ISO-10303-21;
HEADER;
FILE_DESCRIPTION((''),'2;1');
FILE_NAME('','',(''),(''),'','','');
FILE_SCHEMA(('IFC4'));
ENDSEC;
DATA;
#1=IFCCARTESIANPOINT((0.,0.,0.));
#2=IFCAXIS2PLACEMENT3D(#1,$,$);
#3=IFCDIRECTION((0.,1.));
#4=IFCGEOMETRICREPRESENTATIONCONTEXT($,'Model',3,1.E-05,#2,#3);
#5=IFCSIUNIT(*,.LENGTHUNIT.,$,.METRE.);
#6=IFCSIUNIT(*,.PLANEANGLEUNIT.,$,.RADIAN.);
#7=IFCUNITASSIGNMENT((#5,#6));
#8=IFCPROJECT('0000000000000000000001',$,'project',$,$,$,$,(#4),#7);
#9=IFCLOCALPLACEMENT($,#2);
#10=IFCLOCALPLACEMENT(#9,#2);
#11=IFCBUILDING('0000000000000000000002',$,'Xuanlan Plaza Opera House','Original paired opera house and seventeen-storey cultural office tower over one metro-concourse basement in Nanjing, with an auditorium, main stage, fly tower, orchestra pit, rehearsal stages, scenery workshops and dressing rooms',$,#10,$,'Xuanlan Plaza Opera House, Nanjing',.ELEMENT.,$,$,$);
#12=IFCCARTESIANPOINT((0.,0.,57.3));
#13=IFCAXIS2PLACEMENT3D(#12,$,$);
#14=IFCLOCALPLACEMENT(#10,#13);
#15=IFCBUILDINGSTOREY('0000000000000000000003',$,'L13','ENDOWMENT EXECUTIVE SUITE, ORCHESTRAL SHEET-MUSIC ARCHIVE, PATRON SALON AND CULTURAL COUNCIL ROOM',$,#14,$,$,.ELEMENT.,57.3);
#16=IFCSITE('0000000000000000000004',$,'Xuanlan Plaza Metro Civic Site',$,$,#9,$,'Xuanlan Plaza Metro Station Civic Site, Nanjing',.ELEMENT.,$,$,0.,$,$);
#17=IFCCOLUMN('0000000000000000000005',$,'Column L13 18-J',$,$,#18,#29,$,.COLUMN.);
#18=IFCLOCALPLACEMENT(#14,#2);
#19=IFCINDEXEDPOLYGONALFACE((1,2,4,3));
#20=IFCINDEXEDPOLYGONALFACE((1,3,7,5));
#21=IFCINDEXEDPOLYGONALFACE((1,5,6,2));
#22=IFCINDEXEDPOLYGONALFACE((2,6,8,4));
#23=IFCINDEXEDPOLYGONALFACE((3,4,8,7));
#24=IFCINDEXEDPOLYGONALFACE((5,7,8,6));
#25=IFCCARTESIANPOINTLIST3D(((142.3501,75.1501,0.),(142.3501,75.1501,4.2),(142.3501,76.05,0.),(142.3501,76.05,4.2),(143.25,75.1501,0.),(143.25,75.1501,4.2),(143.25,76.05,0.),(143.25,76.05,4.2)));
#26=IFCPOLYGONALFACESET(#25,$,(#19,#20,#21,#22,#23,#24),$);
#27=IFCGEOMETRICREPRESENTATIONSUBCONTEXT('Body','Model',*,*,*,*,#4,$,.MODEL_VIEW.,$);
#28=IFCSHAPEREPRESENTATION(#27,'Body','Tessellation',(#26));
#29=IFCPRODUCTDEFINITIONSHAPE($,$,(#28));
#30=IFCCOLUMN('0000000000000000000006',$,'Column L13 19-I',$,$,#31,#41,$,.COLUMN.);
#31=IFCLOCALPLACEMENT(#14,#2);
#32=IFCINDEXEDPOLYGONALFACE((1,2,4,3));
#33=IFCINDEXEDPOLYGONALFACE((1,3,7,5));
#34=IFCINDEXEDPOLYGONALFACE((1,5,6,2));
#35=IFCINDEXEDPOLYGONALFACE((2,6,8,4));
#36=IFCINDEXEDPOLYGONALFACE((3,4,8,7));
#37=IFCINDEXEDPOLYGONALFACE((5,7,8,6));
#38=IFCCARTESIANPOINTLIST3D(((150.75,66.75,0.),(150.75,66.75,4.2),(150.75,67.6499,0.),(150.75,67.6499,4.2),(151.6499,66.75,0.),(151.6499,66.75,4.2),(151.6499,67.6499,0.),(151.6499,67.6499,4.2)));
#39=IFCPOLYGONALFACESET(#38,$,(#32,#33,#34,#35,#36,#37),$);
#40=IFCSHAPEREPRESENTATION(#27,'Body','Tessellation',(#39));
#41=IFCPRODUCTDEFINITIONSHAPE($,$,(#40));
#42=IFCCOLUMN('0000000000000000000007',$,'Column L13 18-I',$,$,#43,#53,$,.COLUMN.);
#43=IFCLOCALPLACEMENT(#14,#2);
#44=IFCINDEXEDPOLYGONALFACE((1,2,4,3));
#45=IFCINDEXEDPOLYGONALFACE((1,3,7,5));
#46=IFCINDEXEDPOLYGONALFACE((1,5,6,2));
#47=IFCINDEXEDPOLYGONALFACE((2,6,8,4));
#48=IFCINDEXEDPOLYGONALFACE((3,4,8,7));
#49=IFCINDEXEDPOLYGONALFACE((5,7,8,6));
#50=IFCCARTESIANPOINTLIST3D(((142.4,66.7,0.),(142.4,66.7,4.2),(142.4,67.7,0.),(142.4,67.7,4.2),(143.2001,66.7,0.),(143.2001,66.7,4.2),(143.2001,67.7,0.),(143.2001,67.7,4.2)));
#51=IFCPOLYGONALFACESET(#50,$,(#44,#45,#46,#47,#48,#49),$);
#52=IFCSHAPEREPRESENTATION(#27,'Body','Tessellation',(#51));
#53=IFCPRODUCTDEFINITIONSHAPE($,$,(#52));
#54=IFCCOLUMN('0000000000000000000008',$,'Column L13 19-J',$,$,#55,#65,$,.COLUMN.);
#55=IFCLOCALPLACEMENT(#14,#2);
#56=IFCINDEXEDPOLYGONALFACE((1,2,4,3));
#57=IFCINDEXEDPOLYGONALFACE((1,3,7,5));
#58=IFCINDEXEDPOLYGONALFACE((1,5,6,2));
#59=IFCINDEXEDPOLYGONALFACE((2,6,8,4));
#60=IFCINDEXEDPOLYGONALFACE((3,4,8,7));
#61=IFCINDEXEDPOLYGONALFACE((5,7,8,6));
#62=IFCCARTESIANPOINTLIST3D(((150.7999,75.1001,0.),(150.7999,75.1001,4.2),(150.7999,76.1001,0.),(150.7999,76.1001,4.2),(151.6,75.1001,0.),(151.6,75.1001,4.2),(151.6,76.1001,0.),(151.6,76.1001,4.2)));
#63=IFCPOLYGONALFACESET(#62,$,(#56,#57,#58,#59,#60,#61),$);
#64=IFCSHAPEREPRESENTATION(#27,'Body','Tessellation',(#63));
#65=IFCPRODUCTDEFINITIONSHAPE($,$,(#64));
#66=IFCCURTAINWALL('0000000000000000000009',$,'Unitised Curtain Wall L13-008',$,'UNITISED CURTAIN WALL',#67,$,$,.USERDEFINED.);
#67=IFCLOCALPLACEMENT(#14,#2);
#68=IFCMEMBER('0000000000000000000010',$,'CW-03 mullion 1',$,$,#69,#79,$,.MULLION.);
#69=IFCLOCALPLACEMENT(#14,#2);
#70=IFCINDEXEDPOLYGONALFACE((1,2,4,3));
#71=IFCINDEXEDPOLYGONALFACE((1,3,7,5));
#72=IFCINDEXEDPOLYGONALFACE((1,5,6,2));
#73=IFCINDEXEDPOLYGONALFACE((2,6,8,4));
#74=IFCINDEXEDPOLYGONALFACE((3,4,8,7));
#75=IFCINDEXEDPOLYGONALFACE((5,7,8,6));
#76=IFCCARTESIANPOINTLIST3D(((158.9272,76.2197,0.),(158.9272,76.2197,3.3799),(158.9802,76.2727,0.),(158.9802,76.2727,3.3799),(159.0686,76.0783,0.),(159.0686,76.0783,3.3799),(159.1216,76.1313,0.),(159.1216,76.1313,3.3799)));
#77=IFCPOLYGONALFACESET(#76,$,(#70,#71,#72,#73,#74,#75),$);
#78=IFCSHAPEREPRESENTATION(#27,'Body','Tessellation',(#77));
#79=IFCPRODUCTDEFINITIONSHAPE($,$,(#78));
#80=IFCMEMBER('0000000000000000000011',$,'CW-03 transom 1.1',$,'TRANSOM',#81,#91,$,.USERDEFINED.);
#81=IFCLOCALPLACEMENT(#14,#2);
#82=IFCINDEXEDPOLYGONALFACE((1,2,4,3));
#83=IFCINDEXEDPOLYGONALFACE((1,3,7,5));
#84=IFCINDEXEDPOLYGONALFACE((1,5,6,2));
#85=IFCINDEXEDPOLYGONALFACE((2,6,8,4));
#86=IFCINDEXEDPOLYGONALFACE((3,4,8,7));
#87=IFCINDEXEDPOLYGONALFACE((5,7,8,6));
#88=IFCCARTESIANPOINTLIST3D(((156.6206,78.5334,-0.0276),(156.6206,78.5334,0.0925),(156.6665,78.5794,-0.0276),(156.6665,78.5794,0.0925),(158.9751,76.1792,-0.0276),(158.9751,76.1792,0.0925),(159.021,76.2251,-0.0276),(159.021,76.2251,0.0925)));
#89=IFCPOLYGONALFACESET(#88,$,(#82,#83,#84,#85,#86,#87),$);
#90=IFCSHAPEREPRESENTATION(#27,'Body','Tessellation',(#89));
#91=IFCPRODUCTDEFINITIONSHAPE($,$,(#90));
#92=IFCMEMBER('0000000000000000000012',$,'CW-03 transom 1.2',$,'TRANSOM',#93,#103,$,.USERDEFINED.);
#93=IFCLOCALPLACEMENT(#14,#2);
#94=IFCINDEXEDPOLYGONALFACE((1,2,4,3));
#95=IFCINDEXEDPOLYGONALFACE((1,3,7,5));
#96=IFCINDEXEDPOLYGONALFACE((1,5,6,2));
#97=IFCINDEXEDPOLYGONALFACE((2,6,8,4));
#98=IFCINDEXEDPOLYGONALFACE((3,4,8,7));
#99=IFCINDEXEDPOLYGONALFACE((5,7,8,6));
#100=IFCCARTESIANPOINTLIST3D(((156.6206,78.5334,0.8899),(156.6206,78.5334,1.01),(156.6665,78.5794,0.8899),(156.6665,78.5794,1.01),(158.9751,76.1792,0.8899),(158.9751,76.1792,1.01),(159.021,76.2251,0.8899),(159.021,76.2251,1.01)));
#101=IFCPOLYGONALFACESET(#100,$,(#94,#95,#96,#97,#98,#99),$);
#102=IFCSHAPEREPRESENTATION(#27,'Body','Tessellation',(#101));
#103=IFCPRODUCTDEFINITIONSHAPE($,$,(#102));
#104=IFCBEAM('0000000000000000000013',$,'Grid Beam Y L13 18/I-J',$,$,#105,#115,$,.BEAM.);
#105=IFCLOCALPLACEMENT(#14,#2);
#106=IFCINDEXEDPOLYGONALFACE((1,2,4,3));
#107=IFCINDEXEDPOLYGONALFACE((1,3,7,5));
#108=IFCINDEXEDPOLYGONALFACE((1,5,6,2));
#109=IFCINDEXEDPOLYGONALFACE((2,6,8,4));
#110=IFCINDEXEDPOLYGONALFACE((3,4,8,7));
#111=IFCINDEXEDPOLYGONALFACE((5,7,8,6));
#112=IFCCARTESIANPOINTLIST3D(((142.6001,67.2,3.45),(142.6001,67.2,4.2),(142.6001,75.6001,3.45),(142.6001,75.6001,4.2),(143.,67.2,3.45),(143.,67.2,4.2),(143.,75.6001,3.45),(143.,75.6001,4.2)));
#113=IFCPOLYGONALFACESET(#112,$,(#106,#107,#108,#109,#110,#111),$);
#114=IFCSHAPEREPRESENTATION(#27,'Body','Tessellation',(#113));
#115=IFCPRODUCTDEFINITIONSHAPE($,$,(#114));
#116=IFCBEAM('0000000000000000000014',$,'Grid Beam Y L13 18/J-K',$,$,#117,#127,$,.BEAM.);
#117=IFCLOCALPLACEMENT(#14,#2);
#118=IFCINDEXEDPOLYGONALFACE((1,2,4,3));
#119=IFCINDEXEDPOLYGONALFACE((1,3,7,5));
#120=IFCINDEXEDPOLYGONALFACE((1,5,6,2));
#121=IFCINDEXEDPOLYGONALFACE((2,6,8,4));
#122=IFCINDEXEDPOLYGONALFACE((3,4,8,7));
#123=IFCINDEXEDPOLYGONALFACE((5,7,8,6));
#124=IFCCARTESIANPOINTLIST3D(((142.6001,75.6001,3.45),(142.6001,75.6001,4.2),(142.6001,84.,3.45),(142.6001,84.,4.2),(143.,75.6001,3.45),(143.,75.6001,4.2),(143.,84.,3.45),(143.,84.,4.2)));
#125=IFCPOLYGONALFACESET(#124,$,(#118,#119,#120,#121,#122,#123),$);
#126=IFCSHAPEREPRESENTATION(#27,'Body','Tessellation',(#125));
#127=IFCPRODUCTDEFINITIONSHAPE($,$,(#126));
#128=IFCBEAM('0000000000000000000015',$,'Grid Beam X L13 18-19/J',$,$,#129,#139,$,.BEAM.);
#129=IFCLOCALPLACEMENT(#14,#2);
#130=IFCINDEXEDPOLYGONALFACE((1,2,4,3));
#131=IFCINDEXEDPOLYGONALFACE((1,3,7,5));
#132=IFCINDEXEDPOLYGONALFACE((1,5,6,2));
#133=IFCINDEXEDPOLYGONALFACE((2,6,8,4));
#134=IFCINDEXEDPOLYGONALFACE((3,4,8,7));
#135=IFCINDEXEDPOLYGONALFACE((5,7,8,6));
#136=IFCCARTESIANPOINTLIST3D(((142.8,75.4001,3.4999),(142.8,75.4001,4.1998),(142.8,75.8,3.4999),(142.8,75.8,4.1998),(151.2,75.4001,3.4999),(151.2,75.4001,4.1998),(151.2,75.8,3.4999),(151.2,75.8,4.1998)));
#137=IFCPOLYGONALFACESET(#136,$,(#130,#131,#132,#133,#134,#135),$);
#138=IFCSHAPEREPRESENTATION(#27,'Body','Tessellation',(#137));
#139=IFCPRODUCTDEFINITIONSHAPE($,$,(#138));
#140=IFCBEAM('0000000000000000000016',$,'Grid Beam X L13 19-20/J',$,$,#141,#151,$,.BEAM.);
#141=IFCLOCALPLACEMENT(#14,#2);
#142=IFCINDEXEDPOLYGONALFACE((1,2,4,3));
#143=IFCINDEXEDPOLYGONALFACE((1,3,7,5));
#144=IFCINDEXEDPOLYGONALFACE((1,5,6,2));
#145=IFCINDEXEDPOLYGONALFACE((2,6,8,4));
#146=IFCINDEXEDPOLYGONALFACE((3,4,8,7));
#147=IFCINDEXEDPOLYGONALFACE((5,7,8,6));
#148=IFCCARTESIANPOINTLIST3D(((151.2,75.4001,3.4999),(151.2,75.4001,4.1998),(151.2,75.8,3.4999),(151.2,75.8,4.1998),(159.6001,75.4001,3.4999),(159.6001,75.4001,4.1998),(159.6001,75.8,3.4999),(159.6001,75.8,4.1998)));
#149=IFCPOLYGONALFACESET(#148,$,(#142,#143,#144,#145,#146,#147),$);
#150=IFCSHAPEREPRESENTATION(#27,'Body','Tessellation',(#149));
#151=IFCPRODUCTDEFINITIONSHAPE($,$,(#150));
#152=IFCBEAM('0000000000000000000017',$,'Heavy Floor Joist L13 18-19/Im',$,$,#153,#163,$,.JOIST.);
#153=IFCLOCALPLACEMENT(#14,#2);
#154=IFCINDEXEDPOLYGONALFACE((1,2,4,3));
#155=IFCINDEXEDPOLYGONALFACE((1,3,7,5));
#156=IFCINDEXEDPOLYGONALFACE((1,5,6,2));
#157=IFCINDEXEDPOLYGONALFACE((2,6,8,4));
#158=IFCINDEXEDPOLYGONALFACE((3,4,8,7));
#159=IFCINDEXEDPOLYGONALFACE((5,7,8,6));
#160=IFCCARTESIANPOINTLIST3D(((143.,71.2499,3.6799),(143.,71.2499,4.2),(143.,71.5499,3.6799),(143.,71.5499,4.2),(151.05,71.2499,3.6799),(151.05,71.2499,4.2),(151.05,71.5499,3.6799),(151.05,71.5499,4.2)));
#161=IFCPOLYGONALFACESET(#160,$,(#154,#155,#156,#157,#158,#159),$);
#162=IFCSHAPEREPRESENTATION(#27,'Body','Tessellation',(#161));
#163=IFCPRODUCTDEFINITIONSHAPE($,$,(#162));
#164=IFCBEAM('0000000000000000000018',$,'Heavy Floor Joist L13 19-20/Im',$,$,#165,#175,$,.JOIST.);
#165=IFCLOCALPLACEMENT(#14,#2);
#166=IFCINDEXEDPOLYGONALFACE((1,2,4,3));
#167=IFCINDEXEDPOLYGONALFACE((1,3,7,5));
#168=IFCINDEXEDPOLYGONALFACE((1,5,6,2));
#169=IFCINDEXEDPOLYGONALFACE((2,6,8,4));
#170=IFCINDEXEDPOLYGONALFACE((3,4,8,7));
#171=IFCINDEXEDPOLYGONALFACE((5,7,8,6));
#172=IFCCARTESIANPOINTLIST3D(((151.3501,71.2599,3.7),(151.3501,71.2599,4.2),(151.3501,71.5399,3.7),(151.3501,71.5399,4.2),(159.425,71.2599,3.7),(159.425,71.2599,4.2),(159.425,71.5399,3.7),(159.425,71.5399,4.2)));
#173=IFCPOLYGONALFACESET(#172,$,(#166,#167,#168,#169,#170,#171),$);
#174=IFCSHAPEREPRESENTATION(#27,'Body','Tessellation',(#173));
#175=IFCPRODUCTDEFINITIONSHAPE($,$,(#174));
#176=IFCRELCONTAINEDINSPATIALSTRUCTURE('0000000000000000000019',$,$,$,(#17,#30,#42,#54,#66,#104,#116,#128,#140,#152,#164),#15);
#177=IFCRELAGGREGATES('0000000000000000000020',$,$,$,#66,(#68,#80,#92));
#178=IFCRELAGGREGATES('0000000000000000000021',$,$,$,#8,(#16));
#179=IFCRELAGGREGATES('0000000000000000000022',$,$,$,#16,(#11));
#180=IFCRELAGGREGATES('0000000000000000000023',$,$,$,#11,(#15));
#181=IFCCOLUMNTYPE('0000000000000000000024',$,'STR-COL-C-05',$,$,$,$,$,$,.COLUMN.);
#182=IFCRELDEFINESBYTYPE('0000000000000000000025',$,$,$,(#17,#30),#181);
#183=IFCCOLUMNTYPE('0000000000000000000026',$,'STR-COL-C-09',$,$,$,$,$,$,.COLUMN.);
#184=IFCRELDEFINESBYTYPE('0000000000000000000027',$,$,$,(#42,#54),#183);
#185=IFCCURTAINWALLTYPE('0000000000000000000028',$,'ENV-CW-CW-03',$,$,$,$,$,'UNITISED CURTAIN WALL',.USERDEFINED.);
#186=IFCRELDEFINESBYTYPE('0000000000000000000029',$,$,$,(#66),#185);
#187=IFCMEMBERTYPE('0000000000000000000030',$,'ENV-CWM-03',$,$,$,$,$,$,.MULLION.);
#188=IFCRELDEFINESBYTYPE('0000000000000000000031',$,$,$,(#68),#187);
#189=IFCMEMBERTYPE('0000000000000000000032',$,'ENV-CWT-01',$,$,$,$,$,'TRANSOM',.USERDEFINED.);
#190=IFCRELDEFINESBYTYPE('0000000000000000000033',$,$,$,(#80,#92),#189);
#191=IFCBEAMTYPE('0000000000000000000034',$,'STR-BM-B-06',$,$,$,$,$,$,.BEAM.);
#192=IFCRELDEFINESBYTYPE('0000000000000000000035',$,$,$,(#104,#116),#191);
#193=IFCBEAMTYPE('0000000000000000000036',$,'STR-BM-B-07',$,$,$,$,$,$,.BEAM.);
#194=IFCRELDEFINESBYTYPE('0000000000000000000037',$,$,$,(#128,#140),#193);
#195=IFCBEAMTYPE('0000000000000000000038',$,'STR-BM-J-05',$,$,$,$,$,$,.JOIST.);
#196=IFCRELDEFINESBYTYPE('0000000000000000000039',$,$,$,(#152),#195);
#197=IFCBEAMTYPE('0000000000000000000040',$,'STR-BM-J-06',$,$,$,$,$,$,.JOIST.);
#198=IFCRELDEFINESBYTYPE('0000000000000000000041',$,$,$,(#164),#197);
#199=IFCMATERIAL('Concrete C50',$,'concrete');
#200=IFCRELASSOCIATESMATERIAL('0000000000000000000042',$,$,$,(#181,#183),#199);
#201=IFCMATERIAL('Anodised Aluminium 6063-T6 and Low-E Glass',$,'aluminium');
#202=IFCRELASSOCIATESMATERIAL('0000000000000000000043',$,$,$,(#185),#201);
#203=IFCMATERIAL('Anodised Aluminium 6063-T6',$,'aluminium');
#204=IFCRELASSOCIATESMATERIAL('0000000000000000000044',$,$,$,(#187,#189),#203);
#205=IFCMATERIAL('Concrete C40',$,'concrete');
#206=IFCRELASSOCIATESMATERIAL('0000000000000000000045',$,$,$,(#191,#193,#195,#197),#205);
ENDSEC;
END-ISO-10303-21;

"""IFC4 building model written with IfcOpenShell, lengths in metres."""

from ifc_helpers import new_model, si_unit, direction, frame, origin, origin_2d, place, context, subcontext, project, spatial, rectangle, extrude, material, material_profile, profile_set, type_object, element, aggregate, save


model = new_model("IFC4")

# Units and contexts
model_context = context("Model", 3, precision=1e-05, world=origin(), true_north=direction((0.0, 1.0)))
body_context = subcontext(model_context, "Body", "Model", "MODEL_VIEW")
ifc_project = project(units=[si_unit("LENGTHUNIT", "METRE"), si_unit("PLANEANGLEUNIT", "RADIAN")], contexts=[model_context])

# Site, building, storey
site_placement = place(None, origin())
site = spatial("IfcSite", under=ifc_project, at=site_placement, Name="Xuanlan Plaza Metro Civic Site", LongName="Xuanlan Plaza Metro Station Civic Site, Nanjing", CompositionType="ELEMENT", RefElevation=0.0)
building_placement = place(site_placement, origin())
building = spatial("IfcBuilding", under=site, at=building_placement, Name="Xuanlan Plaza Opera House", Description="Original paired opera house and seventeen-storey cultural office tower over one metro-concourse basement in Nanjing, with an auditorium, main stage, fly tower, orchestra pit, rehearsal stages, scenery workshops and dressing rooms", LongName="Xuanlan Plaza Opera House, Nanjing", CompositionType="ELEMENT")
storey_placement = place(building_placement, frame((0.0, 0.0, 57.3)))
storey = spatial("IfcBuildingStorey", under=building, at=storey_placement, Name="L13", Description="ENDOWMENT EXECUTIVE SUITE, ORCHESTRAL SHEET-MUSIC ARCHIVE, PATRON SALON AND CULTURAL COUNCIL ROOM", CompositionType="ELEMENT", Elevation=57.3)

# Columns
ifc_material_1 = material(Name="Concrete C50", Category="concrete")
ifc_material_profile_1 = material_profile(ifc_material_1, rectangle(XDim=0.8999, YDim=0.8999, at=origin_2d()), Name="RC-COL 900x900")
ifc_profile_set_1 = profile_set([ifc_material_profile_1], Name="Concrete C50")
column_type_1 = type_object("IfcColumnType", Name="STR-COL-C-05", PredefinedType="COLUMN", material=ifc_profile_set_1)
for number, where, z_axis, x_axis, name in (
    (1, (142.8, 75.6001, 0.0), (0.0, 0.0, 1.0), (1.0, 0.0, 0.0), "Column L13 18-J"),
    (2, (151.2, 67.2, 0.0), (0.0, 0.0, 1.0), (1.0, 0.0, 0.0), "Column L13 19-I"),
):
    element("IfcColumn", number, at=place(storey_placement, frame(where, z_axis=z_axis, x_axis=x_axis)), inside=storey, type_object=column_type_1, Name=name, PredefinedType="COLUMN", context=body_context, shape_type="SweptSolid", body=[
        extrude(rectangle(XDim=0.8999, YDim=0.8999, at=origin_2d()), origin(), (0.0, 0.0, 1.0), 4.2),
    ])
ifc_material_profile_2 = material_profile(ifc_material_1, rectangle(XDim=0.8, YDim=1.0, at=origin_2d()), Name="RC-COL 800x1000")
ifc_profile_set_2 = profile_set([ifc_material_profile_2], Name="Concrete C50")
column_type_2 = type_object("IfcColumnType", Name="STR-COL-C-09", PredefinedType="COLUMN", material=ifc_profile_set_2)
for number, where, z_axis, x_axis, name in (
    (3, (142.8, 67.2, 0.0), (0.0, 0.0, 1.0), (1.0, 0.0, 0.0), "Column L13 18-I"),
    (4, (151.2, 75.6001, 0.0), (0.0, 0.0, 1.0), (1.0, 0.0, 0.0), "Column L13 19-J"),
):
    element("IfcColumn", number, at=place(storey_placement, frame(where, z_axis=z_axis, x_axis=x_axis)), inside=storey, type_object=column_type_2, Name=name, PredefinedType="COLUMN", context=body_context, shape_type="SweptSolid", body=[
        extrude(rectangle(XDim=0.8, YDim=1.0, at=origin_2d()), origin(), (0.0, 0.0, 1.0), 4.2),
    ])

# Curtain wall, members
ifc_material_2 = material(Name="Anodised Aluminium 6063-T6 and Low-E Glass", Category="aluminium")
curtain_wall_type = type_object("IfcCurtainWallType", Name="ENV-CW-CW-03", ElementType="UNITISED CURTAIN WALL", PredefinedType="USERDEFINED", material=ifc_material_2)
curtain_wall_placement = place(storey_placement, origin())
curtain_wall = element("IfcCurtainWall", 5, at=curtain_wall_placement, inside=storey, type_object=curtain_wall_type, Name="Unitised Curtain Wall L13-008", ObjectType="UNITISED CURTAIN WALL", PredefinedType="USERDEFINED")
ifc_material_3 = material(Name="Anodised Aluminium 6063-T6", Category="aluminium")
ifc_material_profile_3 = material_profile(ifc_material_3, rectangle(XDim=0.075, YDim=0.2, at=origin_2d()), Name="ALU-M 75x200")
ifc_profile_set_3 = profile_set([ifc_material_profile_3], Name="Anodised Aluminium 6063-T6")
member_type_1 = type_object("IfcMemberType", Name="ENV-CWM-03", PredefinedType="MULLION", material=ifc_profile_set_3)
member_1_placement = place(storey_placement, frame((159.0244, 76.1755, 0.0), z_axis=(0.0, 0.0, 1.0), x_axis=(-0.707107, -0.707107, 0.0)))
member_1 = element("IfcMember", 6, at=member_1_placement, type_object=member_type_1, Name="CW-03 mullion 1", PredefinedType="MULLION", context=body_context, shape_type="SweptSolid", body=[
    extrude(rectangle(XDim=0.075, YDim=0.2, at=origin_2d()), origin(), (0.0, 0.0, 1.0), 3.3799),
])
ifc_material_profile_4 = material_profile(ifc_material_3, rectangle(XDim=0.0649, YDim=0.1201, at=origin_2d()), Name="ALU-T 65x120")
ifc_profile_set_4 = profile_set([ifc_material_profile_4], Name="Anodised Aluminium 6063-T6")
member_type_2 = type_object("IfcMemberType", Name="ENV-CWT-01", ElementType="TRANSOM", PredefinedType="USERDEFINED", material=ifc_profile_set_4)
member_2_placement = place(storey_placement, frame((158.998, 76.2021, 0.0325), z_axis=(-0.707143, 0.70707, 0.0), x_axis=(-0.70707, -0.707143, 0.0)))
member_2 = element("IfcMember", 7, at=member_2_placement, type_object=member_type_2, Name="CW-03 transom 1.1", ObjectType="TRANSOM", PredefinedType="USERDEFINED", context=body_context, shape_type="SweptSolid", body=[
    extrude(rectangle(XDim=0.0649, YDim=0.1201, at=origin_2d()), origin(), (0.0, 0.0, 1.0), 3.3296),
])
member_3_placement = place(storey_placement, frame((158.998, 76.2021, 0.95), z_axis=(-0.707143, 0.70707, 0.0), x_axis=(-0.70707, -0.707143, 0.0)))
member_3 = element("IfcMember", 8, at=member_3_placement, type_object=member_type_2, Name="CW-03 transom 1.2", ObjectType="TRANSOM", PredefinedType="USERDEFINED", context=body_context, shape_type="SweptSolid", body=[
    extrude(rectangle(XDim=0.0649, YDim=0.1201, at=origin_2d()), origin(), (0.0, 0.0, 1.0), 3.3296),
])
aggregate(curtain_wall, [member_1, member_2, member_3])

# Beams
ifc_material_4 = material(Name="Concrete C40", Category="concrete")
ifc_material_profile_5 = material_profile(ifc_material_4, rectangle(XDim=0.3999, YDim=0.75, at=origin_2d()), Name="RC-BM 400x750")
ifc_profile_set_5 = profile_set([ifc_material_profile_5], Name="Concrete C40")
beam_type_1 = type_object("IfcBeamType", Name="STR-BM-B-06", PredefinedType="BEAM", material=ifc_profile_set_5)
beam_1_placement = place(storey_placement, frame((142.8, 67.2, 3.825), z_axis=(0.0, 1.0, 0.0), x_axis=(-1.0, 0.0, 0.0)))
element("IfcBeam", 9, at=beam_1_placement, inside=storey, type_object=beam_type_1, Name="Grid Beam Y L13 18/I-J", PredefinedType="BEAM", context=body_context, shape_type="SweptSolid", body=[
    extrude(rectangle(XDim=0.3999, YDim=0.75, at=origin_2d()), origin(), (0.0, 0.0, 1.0), 8.4001),
])
beam_2_placement = place(storey_placement, frame((142.8, 75.6001, 3.825), z_axis=(0.0, 1.0, 0.0), x_axis=(-1.0, 0.0, 0.0)))
element("IfcBeam", 10, at=beam_2_placement, inside=storey, type_object=beam_type_1, Name="Grid Beam Y L13 18/J-K", PredefinedType="BEAM", context=body_context, shape_type="SweptSolid", body=[
    extrude(rectangle(XDim=0.3999, YDim=0.75, at=origin_2d()), origin(), (0.0, 0.0, 1.0), 8.3999),
])
ifc_material_profile_6 = material_profile(ifc_material_4, rectangle(XDim=0.3999, YDim=0.7, at=origin_2d()), Name="RC-BM 400x700")
ifc_profile_set_6 = profile_set([ifc_material_profile_6], Name="Concrete C40")
beam_type_2 = type_object("IfcBeamType", Name="STR-BM-B-07", PredefinedType="BEAM", material=ifc_profile_set_6)
beam_3_placement = place(storey_placement, frame((142.8, 75.6001, 3.8499), z_axis=(1.0, 0.0, 0.0), x_axis=(0.0, 1.0, 0.0)))
element("IfcBeam", 11, at=beam_3_placement, inside=storey, type_object=beam_type_2, Name="Grid Beam X L13 18-19/J", PredefinedType="BEAM", context=body_context, shape_type="SweptSolid", body=[
    extrude(rectangle(XDim=0.3999, YDim=0.7, at=origin_2d()), origin(), (0.0, 0.0, 1.0), 8.3999),
])
beam_4_placement = place(storey_placement, frame((151.2, 75.6001, 3.8499), z_axis=(1.0, 0.0, 0.0), x_axis=(0.0, 1.0, 0.0)))
element("IfcBeam", 12, at=beam_4_placement, inside=storey, type_object=beam_type_2, Name="Grid Beam X L13 19-20/J", PredefinedType="BEAM", context=body_context, shape_type="SweptSolid", body=[
    extrude(rectangle(XDim=0.3999, YDim=0.7, at=origin_2d()), origin(), (0.0, 0.0, 1.0), 8.4001),
])
ifc_material_profile_7 = material_profile(ifc_material_4, rectangle(XDim=0.3, YDim=0.52, at=origin_2d()), Name="RC-JST 300x520")
ifc_profile_set_7 = profile_set([ifc_material_profile_7], Name="Concrete C40")
beam_type_3 = type_object("IfcBeamType", Name="STR-BM-J-05", PredefinedType="JOIST", material=ifc_profile_set_7)
beam_5_placement = place(storey_placement, frame((143.0, 71.3999, 3.9399), z_axis=(1.0, 0.0, 0.0), x_axis=(0.0, 1.0, 0.0)))
element("IfcBeam", 13, at=beam_5_placement, inside=storey, type_object=beam_type_3, Name="Heavy Floor Joist L13 18-19/Im", PredefinedType="JOIST", context=body_context, shape_type="SweptSolid", body=[
    extrude(rectangle(XDim=0.3, YDim=0.52, at=origin_2d()), origin(), (0.0, 0.0, 1.0), 8.05),
])
ifc_material_profile_8 = material_profile(ifc_material_4, rectangle(XDim=0.28, YDim=0.5, at=origin_2d()), Name="RC-JST 280x500")
ifc_profile_set_8 = profile_set([ifc_material_profile_8], Name="Concrete C40")
beam_type_4 = type_object("IfcBeamType", Name="STR-BM-J-06", PredefinedType="JOIST", material=ifc_profile_set_8)
beam_6_placement = place(storey_placement, frame((151.3501, 71.3999, 3.95), z_axis=(1.0, 0.0, 0.0), x_axis=(0.0, 1.0, 0.0)))
element("IfcBeam", 14, at=beam_6_placement, inside=storey, type_object=beam_type_4, Name="Heavy Floor Joist L13 19-20/Im", PredefinedType="JOIST", context=body_context, shape_type="SweptSolid", body=[
    extrude(rectangle(XDim=0.28, YDim=0.5, at=origin_2d()), origin(), (0.0, 0.0, 1.0), 8.075),
])

save(model, "model.ifc")
